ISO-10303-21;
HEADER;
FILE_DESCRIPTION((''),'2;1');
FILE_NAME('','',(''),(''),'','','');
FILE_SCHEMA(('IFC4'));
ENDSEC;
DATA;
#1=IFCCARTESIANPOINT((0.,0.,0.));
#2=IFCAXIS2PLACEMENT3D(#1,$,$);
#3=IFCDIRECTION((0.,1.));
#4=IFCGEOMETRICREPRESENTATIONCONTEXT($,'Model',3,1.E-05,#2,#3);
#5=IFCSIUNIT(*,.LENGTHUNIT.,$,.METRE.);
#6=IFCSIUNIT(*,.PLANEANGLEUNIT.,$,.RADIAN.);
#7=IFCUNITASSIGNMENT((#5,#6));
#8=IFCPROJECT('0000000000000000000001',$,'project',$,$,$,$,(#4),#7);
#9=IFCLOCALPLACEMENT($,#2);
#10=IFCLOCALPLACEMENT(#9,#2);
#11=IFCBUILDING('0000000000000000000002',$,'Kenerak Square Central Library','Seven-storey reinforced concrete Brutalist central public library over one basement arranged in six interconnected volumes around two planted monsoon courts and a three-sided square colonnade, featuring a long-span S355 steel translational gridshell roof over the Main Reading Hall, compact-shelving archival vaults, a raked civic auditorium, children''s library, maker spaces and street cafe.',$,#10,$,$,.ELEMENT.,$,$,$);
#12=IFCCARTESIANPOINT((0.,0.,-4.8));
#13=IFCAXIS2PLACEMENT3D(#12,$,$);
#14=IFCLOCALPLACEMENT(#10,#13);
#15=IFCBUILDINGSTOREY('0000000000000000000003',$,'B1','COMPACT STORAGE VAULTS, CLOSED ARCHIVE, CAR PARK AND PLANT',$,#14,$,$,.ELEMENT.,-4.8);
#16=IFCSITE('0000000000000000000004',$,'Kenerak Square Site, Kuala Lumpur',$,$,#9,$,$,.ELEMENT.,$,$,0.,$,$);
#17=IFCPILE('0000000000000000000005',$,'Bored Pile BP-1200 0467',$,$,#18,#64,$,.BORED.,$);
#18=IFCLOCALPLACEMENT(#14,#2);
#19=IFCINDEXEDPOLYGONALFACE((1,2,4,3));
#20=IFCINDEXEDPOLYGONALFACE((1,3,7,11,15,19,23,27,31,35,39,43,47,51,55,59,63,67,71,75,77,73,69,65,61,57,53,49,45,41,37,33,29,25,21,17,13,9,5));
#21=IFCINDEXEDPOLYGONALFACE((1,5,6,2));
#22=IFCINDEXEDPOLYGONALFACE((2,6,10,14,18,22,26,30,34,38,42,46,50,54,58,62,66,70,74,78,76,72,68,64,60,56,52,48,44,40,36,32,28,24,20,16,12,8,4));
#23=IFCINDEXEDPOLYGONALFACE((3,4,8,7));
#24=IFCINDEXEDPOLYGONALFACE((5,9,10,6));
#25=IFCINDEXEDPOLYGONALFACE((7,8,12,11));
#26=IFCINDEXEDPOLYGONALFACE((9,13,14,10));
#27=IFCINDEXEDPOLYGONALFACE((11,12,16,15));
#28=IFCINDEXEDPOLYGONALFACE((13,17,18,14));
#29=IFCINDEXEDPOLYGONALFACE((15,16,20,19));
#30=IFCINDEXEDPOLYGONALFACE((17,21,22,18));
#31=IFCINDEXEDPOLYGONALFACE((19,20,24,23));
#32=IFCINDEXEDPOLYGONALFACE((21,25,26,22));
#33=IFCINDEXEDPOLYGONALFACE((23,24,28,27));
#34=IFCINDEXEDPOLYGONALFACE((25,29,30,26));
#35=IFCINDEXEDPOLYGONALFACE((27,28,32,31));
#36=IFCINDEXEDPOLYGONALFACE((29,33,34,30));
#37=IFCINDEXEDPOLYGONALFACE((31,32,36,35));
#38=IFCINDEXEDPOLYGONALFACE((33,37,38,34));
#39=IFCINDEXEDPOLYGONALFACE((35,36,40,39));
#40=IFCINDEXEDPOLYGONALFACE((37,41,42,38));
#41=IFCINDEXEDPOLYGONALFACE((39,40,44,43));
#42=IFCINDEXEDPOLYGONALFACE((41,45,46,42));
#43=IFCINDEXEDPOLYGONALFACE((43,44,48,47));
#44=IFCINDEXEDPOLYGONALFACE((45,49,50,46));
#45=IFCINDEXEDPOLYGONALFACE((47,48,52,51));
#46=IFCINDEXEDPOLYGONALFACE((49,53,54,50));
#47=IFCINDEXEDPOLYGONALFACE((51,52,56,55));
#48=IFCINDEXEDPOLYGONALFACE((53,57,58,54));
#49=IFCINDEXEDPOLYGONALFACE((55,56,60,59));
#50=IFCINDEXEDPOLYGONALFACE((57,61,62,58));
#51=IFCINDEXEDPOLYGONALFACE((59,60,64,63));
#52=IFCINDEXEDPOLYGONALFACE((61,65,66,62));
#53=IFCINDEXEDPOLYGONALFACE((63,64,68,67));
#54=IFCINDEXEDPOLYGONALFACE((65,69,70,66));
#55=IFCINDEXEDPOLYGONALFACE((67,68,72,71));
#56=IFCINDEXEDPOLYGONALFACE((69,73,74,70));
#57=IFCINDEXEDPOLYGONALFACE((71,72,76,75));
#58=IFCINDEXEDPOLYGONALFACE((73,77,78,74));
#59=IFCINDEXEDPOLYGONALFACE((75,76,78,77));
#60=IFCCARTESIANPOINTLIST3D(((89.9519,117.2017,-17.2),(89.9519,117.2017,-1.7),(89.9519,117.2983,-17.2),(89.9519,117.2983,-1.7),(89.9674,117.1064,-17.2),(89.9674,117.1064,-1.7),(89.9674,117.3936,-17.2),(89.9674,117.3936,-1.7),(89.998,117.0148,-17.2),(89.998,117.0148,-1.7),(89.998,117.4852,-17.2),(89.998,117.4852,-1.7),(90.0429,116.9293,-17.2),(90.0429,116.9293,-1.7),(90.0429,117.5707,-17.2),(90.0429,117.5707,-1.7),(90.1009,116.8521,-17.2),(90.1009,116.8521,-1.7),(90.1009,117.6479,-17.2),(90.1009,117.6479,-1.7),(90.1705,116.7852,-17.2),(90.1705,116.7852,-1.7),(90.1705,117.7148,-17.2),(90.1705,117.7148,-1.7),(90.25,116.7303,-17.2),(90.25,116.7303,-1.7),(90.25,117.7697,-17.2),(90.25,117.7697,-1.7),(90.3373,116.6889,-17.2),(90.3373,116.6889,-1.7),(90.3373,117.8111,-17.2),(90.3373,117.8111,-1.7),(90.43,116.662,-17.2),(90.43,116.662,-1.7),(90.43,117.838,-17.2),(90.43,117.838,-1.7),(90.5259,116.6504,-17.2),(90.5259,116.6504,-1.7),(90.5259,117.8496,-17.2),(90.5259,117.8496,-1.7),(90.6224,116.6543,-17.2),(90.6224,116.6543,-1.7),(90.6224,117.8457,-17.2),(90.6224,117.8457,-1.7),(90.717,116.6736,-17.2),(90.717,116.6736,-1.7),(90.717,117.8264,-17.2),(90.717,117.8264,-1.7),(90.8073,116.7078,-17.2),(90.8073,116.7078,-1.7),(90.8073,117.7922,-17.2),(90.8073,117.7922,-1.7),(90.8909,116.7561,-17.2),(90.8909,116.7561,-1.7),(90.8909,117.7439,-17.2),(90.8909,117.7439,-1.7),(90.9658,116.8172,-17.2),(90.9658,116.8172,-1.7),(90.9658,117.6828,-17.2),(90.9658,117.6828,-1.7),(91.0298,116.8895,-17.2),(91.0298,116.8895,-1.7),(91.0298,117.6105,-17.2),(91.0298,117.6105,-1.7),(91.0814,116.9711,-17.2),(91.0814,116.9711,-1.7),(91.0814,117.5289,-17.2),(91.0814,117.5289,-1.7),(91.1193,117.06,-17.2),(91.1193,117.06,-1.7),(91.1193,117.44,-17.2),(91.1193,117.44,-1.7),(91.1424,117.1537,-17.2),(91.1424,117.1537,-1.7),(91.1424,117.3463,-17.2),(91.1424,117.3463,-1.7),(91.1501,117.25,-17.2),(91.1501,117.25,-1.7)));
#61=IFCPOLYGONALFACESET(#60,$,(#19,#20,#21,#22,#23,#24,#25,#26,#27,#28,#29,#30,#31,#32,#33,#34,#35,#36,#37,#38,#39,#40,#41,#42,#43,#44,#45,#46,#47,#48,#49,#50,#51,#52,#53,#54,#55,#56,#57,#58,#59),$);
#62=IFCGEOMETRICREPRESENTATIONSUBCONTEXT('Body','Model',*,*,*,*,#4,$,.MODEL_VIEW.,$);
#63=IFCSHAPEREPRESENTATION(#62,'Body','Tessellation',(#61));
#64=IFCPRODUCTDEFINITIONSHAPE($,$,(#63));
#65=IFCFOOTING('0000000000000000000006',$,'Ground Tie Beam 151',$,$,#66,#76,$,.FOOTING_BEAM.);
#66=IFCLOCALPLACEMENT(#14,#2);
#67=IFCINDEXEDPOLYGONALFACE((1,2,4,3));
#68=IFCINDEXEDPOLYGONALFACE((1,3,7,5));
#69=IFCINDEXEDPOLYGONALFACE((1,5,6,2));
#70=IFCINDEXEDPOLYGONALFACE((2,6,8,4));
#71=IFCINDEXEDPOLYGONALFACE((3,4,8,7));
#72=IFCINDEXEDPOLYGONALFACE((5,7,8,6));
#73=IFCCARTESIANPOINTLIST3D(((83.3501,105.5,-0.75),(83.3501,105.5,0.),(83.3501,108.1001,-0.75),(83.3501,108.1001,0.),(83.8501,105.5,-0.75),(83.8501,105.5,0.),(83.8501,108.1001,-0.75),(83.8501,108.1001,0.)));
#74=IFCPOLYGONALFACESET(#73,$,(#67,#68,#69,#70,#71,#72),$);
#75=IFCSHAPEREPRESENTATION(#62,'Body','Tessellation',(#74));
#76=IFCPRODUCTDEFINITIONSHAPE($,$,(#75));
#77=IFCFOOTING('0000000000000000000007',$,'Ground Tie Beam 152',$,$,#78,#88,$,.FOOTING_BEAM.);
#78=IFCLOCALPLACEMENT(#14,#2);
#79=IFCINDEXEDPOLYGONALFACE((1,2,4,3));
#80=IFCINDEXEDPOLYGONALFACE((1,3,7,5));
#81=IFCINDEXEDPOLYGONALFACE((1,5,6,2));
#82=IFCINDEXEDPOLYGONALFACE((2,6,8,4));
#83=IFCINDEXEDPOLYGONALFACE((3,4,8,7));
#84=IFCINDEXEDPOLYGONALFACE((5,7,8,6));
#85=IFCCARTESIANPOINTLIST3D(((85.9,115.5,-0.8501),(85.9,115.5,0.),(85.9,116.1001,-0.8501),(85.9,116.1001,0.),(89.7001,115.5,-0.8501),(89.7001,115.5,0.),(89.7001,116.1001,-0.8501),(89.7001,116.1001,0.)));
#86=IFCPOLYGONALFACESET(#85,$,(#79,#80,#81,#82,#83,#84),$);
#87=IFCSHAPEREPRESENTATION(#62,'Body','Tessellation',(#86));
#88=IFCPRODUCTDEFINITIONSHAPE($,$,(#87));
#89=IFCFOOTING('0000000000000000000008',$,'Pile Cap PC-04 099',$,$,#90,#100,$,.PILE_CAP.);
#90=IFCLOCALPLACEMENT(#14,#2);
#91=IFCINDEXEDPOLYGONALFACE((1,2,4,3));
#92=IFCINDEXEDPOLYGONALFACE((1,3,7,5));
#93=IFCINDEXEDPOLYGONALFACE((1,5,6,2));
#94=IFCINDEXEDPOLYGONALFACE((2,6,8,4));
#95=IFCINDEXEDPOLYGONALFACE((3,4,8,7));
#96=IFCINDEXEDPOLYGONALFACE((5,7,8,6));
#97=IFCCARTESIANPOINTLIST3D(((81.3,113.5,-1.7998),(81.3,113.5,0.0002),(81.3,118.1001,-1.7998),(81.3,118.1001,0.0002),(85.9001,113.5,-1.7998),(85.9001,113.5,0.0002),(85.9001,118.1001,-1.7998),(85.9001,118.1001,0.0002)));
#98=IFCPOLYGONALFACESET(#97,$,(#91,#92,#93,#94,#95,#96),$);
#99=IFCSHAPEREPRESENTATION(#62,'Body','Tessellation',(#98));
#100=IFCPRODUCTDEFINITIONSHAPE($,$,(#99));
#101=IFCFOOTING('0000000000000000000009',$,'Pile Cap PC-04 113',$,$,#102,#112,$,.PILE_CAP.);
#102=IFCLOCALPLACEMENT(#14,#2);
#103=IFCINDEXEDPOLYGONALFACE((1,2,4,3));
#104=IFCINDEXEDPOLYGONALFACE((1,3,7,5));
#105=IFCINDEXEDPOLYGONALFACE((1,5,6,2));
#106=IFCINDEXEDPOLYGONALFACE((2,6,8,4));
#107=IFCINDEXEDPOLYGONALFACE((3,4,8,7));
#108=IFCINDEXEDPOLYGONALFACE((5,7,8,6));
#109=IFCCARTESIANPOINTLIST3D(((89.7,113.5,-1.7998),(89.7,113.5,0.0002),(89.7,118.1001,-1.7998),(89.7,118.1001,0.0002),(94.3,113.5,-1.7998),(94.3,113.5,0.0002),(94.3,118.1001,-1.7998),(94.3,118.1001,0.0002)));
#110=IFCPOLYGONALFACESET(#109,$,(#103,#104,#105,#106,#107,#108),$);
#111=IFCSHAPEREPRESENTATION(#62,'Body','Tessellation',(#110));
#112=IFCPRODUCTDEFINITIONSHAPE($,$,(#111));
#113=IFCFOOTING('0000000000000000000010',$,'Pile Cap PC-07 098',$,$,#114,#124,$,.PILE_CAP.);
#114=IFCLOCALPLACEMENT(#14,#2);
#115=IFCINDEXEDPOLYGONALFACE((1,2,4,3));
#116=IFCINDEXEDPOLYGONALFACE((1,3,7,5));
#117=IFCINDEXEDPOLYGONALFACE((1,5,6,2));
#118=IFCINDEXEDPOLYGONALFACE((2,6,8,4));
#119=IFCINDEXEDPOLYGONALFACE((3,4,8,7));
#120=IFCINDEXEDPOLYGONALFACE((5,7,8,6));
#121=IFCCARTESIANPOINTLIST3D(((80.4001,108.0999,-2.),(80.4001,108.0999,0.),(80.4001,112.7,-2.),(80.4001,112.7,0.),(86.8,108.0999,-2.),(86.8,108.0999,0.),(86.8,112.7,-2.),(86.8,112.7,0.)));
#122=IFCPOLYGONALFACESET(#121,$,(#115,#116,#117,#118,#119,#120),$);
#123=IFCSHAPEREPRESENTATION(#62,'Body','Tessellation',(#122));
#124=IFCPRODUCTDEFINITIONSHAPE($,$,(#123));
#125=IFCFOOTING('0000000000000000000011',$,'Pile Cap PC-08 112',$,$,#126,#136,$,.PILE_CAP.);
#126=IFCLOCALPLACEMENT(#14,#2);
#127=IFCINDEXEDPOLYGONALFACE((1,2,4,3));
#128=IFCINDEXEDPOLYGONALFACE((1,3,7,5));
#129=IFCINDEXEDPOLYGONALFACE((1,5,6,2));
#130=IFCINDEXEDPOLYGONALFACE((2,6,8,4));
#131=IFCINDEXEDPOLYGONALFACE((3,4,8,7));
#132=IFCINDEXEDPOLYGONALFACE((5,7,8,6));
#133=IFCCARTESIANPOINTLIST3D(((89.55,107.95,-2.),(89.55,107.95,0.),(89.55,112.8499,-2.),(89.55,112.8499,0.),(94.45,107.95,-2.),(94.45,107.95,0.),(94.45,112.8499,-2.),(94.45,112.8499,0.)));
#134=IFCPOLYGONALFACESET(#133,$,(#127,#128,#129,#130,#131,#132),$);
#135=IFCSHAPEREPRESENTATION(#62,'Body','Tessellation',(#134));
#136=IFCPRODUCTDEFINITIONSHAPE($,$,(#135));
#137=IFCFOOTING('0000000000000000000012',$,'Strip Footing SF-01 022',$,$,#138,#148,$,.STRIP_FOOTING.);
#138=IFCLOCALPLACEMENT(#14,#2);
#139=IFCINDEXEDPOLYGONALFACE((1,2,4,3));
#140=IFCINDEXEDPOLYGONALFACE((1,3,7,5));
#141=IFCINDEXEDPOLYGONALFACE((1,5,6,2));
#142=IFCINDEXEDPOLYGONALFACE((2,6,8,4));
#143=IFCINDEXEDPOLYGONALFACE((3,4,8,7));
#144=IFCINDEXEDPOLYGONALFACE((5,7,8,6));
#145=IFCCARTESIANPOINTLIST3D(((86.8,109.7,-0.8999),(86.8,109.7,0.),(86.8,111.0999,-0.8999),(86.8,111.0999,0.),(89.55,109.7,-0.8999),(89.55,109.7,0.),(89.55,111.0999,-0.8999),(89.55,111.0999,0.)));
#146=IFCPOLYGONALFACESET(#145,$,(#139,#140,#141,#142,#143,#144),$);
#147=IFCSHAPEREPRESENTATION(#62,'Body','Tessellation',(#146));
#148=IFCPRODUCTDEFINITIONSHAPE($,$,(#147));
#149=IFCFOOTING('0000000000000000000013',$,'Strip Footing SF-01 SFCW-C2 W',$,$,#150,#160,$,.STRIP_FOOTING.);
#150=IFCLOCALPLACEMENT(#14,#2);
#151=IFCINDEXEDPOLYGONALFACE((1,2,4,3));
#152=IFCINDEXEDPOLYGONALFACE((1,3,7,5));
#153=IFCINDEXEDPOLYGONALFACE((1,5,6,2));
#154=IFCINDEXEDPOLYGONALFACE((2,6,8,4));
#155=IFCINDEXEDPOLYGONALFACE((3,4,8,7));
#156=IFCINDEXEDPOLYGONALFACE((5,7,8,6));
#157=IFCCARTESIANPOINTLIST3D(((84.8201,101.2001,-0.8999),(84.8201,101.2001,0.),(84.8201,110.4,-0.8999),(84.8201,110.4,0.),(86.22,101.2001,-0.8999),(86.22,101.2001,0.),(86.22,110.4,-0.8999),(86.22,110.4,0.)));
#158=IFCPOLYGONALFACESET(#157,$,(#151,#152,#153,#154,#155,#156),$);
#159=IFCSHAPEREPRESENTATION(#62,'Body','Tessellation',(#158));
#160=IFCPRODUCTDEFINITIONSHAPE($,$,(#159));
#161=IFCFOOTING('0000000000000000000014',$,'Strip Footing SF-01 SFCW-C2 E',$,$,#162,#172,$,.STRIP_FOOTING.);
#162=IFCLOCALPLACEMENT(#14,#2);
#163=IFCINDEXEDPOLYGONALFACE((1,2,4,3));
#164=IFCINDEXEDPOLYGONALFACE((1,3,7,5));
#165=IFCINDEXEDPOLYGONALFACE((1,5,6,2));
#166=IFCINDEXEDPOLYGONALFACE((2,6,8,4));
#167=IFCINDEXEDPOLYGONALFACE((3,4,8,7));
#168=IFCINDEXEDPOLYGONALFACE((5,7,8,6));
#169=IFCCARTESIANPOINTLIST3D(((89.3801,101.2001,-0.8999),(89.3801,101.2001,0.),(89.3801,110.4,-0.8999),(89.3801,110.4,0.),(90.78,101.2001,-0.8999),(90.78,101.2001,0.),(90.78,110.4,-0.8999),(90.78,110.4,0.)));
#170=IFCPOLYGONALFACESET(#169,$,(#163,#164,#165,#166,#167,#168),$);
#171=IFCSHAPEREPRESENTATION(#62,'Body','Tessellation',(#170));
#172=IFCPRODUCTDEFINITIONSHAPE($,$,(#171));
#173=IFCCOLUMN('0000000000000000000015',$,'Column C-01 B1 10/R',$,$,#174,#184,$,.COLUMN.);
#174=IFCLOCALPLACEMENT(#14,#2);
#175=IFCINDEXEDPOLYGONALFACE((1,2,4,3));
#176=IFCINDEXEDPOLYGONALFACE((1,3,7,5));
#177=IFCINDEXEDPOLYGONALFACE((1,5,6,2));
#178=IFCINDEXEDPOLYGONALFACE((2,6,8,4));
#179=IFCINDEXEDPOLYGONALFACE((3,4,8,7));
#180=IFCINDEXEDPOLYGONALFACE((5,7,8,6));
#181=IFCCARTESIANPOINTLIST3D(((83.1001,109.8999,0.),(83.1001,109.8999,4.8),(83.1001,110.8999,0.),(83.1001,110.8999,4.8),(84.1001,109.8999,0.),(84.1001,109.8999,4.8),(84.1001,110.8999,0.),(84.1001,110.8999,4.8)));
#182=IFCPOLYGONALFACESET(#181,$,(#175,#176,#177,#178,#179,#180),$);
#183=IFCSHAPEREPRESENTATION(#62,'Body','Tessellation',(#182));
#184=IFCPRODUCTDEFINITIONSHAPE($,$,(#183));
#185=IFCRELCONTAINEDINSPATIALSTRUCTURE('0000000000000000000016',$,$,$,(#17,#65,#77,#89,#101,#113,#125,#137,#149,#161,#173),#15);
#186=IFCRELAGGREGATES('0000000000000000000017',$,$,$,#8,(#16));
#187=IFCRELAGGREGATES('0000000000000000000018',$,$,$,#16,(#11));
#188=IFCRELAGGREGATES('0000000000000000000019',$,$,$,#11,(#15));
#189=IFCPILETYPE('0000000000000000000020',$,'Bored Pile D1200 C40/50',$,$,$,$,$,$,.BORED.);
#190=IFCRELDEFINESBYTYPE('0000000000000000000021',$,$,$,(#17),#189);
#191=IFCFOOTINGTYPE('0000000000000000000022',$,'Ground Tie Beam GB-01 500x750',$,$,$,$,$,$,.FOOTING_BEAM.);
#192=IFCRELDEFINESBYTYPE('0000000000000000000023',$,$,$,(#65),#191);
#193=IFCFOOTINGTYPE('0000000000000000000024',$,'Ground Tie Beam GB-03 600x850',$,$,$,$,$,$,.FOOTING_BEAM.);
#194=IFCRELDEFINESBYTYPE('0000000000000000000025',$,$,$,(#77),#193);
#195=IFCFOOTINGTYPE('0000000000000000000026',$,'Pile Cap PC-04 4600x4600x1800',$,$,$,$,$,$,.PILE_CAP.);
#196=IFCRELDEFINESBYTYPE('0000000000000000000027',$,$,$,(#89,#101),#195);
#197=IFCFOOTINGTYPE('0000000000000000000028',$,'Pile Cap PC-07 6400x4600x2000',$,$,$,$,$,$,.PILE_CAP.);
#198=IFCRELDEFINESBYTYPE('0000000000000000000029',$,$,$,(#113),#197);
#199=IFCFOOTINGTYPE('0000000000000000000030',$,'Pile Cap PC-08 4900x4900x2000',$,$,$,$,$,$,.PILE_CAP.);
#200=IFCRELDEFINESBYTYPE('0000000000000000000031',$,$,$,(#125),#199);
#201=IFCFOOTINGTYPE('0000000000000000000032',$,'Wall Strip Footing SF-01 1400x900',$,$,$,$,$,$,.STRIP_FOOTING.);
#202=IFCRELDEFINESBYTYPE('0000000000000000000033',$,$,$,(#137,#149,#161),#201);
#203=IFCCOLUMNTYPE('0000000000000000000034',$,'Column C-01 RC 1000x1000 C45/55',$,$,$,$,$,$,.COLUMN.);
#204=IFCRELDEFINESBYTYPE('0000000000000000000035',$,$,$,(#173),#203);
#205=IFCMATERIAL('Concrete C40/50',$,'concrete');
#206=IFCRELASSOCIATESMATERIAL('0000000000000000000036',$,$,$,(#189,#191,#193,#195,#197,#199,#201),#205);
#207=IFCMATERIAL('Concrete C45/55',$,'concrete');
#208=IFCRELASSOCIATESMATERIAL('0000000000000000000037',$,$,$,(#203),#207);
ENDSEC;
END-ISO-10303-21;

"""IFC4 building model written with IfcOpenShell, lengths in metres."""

from ifc_helpers import new_model, si_unit, direction, frame, origin, origin_2d, place, context, subcontext, project, spatial, rectangle, circle, extrude, material, material_profile, profile_set, type_object, element, save


model = new_model("IFC4")

# Units and contexts
model_context = context("Model", 3, precision=1e-05, world=origin(), true_north=direction((0.0, 1.0)))
body_context = subcontext(model_context, "Body", "Model", "MODEL_VIEW")
ifc_project = project(units=[si_unit("LENGTHUNIT", "METRE"), si_unit("PLANEANGLEUNIT", "RADIAN")], contexts=[model_context])

# Site, building, storey
site_placement = place(None, origin())
site = spatial("IfcSite", under=ifc_project, at=site_placement, Name="Kenerak Square Site, Kuala Lumpur", CompositionType="ELEMENT", RefElevation=0.0)
building_placement = place(site_placement, origin())
building = spatial("IfcBuilding", under=site, at=building_placement, Name="Kenerak Square Central Library", Description="Seven-storey reinforced concrete Brutalist central public library over one basement arranged in six interconnected volumes around two planted monsoon courts and a three-sided square colonnade, featuring a long-span S355 steel translational gridshell roof over the Main Reading Hall, compact-shelving archival vaults, a raked civic auditorium, children's library, maker spaces and street cafe.", CompositionType="ELEMENT")
storey_placement = place(building_placement, frame((0.0, 0.0, -4.8)))
storey = spatial("IfcBuildingStorey", under=building, at=storey_placement, Name="B1", Description="COMPACT STORAGE VAULTS, CLOSED ARCHIVE, CAR PARK AND PLANT", CompositionType="ELEMENT", Elevation=-4.8)

# Pile
ifc_material_1 = material(Name="Concrete C40/50", Category="concrete")
ifc_material_profile_1 = material_profile(ifc_material_1, circle(Radius=0.6001, at=origin_2d()), Name="BP D1200")
ifc_profile_set_1 = profile_set([ifc_material_profile_1], Name="Concrete C40/50")
pile_type = type_object("IfcPileType", Name="Bored Pile D1200 C40/50", PredefinedType="BORED", material=ifc_profile_set_1)
for number, where, z_axis, x_axis, name in (
    (1, (90.55, 117.25, -1.7), (0.0, 0.0, -1.0), (1.0, 0.0, 0.0), "Bored Pile BP-1200 0467"),
):
    element("IfcPile", number, at=place(storey_placement, frame(where, z_axis=z_axis, x_axis=x_axis)), inside=storey, type_object=pile_type, Name=name, PredefinedType="BORED", context=body_context, shape_type="SweptSolid", body=[
        extrude(circle(Radius=0.6001, at=origin_2d()), origin(), (0.0, 0.0, 1.0), 15.5),
    ])

# Footings
footing_type_1 = type_object("IfcFootingType", Name="Ground Tie Beam GB-01 500x750", PredefinedType="FOOTING_BEAM", material=ifc_material_1)
footing_1_placement = place(storey_placement, frame((83.6001, 106.8, -0.75), z_axis=(0.0, 0.0, 1.0), x_axis=(1.0, 0.0, 0.0)))
element("IfcFooting", 2, at=footing_1_placement, inside=storey, type_object=footing_type_1, Name="Ground Tie Beam 151", PredefinedType="FOOTING_BEAM", context=body_context, shape_type="SweptSolid", body=[
    extrude(rectangle(XDim=0.5, YDim=2.6001, at=origin_2d()), origin(), (0.0, 0.0, 1.0), 0.75),
])
footing_type_2 = type_object("IfcFootingType", Name="Ground Tie Beam GB-03 600x850", PredefinedType="FOOTING_BEAM", material=ifc_material_1)
footing_2_placement = place(storey_placement, frame((87.8, 115.8, -0.8501), z_axis=(0.0, 0.0, 1.0), x_axis=(1.0, 0.0, 0.0)))
element("IfcFooting", 3, at=footing_2_placement, inside=storey, type_object=footing_type_2, Name="Ground Tie Beam 152", PredefinedType="FOOTING_BEAM", context=body_context, shape_type="SweptSolid", body=[
    extrude(rectangle(XDim=3.8, YDim=0.6001, at=origin_2d()), origin(), (0.0, 0.0, 1.0), 0.8501),
])
footing_type_3 = type_object("IfcFootingType", Name="Pile Cap PC-04 4600x4600x1800", PredefinedType="PILE_CAP", material=ifc_material_1)
for number, where, z_axis, x_axis, name in (
    (4, (83.6001, 115.8, -1.7998), (0.0, 0.0, 1.0), (1.0, 0.0, 0.0), "Pile Cap PC-04 099"),
    (5, (92.0, 115.8, -1.7998), (0.0, 0.0, 1.0), (1.0, 0.0, 0.0), "Pile Cap PC-04 113"),
):
    element("IfcFooting", number, at=place(storey_placement, frame(where, z_axis=z_axis, x_axis=x_axis)), inside=storey, type_object=footing_type_3, Name=name, PredefinedType="PILE_CAP", context=body_context, shape_type="SweptSolid", body=[
        extrude(rectangle(XDim=4.6001, YDim=4.6001, at=origin_2d()), origin(), (0.0, 0.0, 1.0), 1.8),
    ])
footing_type_4 = type_object("IfcFootingType", Name="Pile Cap PC-07 6400x4600x2000", PredefinedType="PILE_CAP", material=ifc_material_1)
footing_3_placement = place(storey_placement, frame((83.6001, 110.3999, -2.0), z_axis=(0.0, 0.0, 1.0), x_axis=(1.0, 0.0, 0.0)))
element("IfcFooting", 6, at=footing_3_placement, inside=storey, type_object=footing_type_4, Name="Pile Cap PC-07 098", PredefinedType="PILE_CAP", context=body_context, shape_type="SweptSolid", body=[
    extrude(rectangle(XDim=6.3999, YDim=4.6001, at=origin_2d()), origin(), (0.0, 0.0, 1.0), 2.0),
])
footing_type_5 = type_object("IfcFootingType", Name="Pile Cap PC-08 4900x4900x2000", PredefinedType="PILE_CAP", material=ifc_material_1)
footing_4_placement = place(storey_placement, frame((92.0, 110.3999, -2.0), z_axis=(0.0, 0.0, 1.0), x_axis=(1.0, 0.0, 0.0)))
element("IfcFooting", 7, at=footing_4_placement, inside=storey, type_object=footing_type_5, Name="Pile Cap PC-08 112", PredefinedType="PILE_CAP", context=body_context, shape_type="SweptSolid", body=[
    extrude(rectangle(XDim=4.8999, YDim=4.8999, at=origin_2d()), origin(), (0.0, 0.0, 1.0), 2.0),
])
footing_type_6 = type_object("IfcFootingType", Name="Wall Strip Footing SF-01 1400x900", PredefinedType="STRIP_FOOTING", material=ifc_material_1)
footing_5_placement = place(storey_placement, frame((88.175, 110.3999, -0.8999), z_axis=(0.0, 0.0, 1.0), x_axis=(1.0, 0.0, 0.0)))
element("IfcFooting", 8, at=footing_5_placement, inside=storey, type_object=footing_type_6, Name="Strip Footing SF-01 022", PredefinedType="STRIP_FOOTING", context=body_context, shape_type="SweptSolid", body=[
    extrude(rectangle(XDim=2.75, YDim=1.3999, at=origin_2d()), origin(), (0.0, 0.0, 1.0), 0.8999),
])
for number, where, z_axis, x_axis, name in (
    (9, (85.52, 105.8, -0.8999), (0.0, 0.0, 1.0), (1.0, 0.0, 0.0), "Strip Footing SF-01 SFCW-C2 W"),
    (10, (90.0801, 105.8, -0.8999), (0.0, 0.0, 1.0), (1.0, 0.0, 0.0), "Strip Footing SF-01 SFCW-C2 E"),
):
    element("IfcFooting", number, at=place(storey_placement, frame(where, z_axis=z_axis, x_axis=x_axis)), inside=storey, type_object=footing_type_6, Name=name, PredefinedType="STRIP_FOOTING", context=body_context, shape_type="SweptSolid", body=[
        extrude(rectangle(XDim=1.3999, YDim=9.2, at=origin_2d()), origin(), (0.0, 0.0, 1.0), 0.8999),
    ])

# Column
ifc_material_2 = material(Name="Concrete C45/55", Category="concrete")
ifc_material_profile_2 = material_profile(ifc_material_2, rectangle(XDim=1.0, YDim=1.0, at=origin_2d()), Name="RC 1000x1000")
ifc_profile_set_2 = profile_set([ifc_material_profile_2], Name="Concrete C45/55")
column_type_1 = type_object("IfcColumnType", Name="Column C-01 RC 1000x1000 C45/55", PredefinedType="COLUMN", material=ifc_profile_set_2)
column_1_placement = place(storey_placement, frame((83.6001, 110.3999, 0.0), z_axis=(0.0, 0.0, 1.0), x_axis=(1.0, 0.0, 0.0)))
element("IfcColumn", 11, at=column_1_placement, inside=storey, type_object=column_type_1, Name="Column C-01 B1 10/R", PredefinedType="COLUMN", context=body_context, shape_type="SweptSolid", body=[
    extrude(rectangle(XDim=1.0, YDim=1.0, at=origin_2d()), origin(), (0.0, 0.0, 1.0), 4.8),
])

save(model, "model.ifc")
